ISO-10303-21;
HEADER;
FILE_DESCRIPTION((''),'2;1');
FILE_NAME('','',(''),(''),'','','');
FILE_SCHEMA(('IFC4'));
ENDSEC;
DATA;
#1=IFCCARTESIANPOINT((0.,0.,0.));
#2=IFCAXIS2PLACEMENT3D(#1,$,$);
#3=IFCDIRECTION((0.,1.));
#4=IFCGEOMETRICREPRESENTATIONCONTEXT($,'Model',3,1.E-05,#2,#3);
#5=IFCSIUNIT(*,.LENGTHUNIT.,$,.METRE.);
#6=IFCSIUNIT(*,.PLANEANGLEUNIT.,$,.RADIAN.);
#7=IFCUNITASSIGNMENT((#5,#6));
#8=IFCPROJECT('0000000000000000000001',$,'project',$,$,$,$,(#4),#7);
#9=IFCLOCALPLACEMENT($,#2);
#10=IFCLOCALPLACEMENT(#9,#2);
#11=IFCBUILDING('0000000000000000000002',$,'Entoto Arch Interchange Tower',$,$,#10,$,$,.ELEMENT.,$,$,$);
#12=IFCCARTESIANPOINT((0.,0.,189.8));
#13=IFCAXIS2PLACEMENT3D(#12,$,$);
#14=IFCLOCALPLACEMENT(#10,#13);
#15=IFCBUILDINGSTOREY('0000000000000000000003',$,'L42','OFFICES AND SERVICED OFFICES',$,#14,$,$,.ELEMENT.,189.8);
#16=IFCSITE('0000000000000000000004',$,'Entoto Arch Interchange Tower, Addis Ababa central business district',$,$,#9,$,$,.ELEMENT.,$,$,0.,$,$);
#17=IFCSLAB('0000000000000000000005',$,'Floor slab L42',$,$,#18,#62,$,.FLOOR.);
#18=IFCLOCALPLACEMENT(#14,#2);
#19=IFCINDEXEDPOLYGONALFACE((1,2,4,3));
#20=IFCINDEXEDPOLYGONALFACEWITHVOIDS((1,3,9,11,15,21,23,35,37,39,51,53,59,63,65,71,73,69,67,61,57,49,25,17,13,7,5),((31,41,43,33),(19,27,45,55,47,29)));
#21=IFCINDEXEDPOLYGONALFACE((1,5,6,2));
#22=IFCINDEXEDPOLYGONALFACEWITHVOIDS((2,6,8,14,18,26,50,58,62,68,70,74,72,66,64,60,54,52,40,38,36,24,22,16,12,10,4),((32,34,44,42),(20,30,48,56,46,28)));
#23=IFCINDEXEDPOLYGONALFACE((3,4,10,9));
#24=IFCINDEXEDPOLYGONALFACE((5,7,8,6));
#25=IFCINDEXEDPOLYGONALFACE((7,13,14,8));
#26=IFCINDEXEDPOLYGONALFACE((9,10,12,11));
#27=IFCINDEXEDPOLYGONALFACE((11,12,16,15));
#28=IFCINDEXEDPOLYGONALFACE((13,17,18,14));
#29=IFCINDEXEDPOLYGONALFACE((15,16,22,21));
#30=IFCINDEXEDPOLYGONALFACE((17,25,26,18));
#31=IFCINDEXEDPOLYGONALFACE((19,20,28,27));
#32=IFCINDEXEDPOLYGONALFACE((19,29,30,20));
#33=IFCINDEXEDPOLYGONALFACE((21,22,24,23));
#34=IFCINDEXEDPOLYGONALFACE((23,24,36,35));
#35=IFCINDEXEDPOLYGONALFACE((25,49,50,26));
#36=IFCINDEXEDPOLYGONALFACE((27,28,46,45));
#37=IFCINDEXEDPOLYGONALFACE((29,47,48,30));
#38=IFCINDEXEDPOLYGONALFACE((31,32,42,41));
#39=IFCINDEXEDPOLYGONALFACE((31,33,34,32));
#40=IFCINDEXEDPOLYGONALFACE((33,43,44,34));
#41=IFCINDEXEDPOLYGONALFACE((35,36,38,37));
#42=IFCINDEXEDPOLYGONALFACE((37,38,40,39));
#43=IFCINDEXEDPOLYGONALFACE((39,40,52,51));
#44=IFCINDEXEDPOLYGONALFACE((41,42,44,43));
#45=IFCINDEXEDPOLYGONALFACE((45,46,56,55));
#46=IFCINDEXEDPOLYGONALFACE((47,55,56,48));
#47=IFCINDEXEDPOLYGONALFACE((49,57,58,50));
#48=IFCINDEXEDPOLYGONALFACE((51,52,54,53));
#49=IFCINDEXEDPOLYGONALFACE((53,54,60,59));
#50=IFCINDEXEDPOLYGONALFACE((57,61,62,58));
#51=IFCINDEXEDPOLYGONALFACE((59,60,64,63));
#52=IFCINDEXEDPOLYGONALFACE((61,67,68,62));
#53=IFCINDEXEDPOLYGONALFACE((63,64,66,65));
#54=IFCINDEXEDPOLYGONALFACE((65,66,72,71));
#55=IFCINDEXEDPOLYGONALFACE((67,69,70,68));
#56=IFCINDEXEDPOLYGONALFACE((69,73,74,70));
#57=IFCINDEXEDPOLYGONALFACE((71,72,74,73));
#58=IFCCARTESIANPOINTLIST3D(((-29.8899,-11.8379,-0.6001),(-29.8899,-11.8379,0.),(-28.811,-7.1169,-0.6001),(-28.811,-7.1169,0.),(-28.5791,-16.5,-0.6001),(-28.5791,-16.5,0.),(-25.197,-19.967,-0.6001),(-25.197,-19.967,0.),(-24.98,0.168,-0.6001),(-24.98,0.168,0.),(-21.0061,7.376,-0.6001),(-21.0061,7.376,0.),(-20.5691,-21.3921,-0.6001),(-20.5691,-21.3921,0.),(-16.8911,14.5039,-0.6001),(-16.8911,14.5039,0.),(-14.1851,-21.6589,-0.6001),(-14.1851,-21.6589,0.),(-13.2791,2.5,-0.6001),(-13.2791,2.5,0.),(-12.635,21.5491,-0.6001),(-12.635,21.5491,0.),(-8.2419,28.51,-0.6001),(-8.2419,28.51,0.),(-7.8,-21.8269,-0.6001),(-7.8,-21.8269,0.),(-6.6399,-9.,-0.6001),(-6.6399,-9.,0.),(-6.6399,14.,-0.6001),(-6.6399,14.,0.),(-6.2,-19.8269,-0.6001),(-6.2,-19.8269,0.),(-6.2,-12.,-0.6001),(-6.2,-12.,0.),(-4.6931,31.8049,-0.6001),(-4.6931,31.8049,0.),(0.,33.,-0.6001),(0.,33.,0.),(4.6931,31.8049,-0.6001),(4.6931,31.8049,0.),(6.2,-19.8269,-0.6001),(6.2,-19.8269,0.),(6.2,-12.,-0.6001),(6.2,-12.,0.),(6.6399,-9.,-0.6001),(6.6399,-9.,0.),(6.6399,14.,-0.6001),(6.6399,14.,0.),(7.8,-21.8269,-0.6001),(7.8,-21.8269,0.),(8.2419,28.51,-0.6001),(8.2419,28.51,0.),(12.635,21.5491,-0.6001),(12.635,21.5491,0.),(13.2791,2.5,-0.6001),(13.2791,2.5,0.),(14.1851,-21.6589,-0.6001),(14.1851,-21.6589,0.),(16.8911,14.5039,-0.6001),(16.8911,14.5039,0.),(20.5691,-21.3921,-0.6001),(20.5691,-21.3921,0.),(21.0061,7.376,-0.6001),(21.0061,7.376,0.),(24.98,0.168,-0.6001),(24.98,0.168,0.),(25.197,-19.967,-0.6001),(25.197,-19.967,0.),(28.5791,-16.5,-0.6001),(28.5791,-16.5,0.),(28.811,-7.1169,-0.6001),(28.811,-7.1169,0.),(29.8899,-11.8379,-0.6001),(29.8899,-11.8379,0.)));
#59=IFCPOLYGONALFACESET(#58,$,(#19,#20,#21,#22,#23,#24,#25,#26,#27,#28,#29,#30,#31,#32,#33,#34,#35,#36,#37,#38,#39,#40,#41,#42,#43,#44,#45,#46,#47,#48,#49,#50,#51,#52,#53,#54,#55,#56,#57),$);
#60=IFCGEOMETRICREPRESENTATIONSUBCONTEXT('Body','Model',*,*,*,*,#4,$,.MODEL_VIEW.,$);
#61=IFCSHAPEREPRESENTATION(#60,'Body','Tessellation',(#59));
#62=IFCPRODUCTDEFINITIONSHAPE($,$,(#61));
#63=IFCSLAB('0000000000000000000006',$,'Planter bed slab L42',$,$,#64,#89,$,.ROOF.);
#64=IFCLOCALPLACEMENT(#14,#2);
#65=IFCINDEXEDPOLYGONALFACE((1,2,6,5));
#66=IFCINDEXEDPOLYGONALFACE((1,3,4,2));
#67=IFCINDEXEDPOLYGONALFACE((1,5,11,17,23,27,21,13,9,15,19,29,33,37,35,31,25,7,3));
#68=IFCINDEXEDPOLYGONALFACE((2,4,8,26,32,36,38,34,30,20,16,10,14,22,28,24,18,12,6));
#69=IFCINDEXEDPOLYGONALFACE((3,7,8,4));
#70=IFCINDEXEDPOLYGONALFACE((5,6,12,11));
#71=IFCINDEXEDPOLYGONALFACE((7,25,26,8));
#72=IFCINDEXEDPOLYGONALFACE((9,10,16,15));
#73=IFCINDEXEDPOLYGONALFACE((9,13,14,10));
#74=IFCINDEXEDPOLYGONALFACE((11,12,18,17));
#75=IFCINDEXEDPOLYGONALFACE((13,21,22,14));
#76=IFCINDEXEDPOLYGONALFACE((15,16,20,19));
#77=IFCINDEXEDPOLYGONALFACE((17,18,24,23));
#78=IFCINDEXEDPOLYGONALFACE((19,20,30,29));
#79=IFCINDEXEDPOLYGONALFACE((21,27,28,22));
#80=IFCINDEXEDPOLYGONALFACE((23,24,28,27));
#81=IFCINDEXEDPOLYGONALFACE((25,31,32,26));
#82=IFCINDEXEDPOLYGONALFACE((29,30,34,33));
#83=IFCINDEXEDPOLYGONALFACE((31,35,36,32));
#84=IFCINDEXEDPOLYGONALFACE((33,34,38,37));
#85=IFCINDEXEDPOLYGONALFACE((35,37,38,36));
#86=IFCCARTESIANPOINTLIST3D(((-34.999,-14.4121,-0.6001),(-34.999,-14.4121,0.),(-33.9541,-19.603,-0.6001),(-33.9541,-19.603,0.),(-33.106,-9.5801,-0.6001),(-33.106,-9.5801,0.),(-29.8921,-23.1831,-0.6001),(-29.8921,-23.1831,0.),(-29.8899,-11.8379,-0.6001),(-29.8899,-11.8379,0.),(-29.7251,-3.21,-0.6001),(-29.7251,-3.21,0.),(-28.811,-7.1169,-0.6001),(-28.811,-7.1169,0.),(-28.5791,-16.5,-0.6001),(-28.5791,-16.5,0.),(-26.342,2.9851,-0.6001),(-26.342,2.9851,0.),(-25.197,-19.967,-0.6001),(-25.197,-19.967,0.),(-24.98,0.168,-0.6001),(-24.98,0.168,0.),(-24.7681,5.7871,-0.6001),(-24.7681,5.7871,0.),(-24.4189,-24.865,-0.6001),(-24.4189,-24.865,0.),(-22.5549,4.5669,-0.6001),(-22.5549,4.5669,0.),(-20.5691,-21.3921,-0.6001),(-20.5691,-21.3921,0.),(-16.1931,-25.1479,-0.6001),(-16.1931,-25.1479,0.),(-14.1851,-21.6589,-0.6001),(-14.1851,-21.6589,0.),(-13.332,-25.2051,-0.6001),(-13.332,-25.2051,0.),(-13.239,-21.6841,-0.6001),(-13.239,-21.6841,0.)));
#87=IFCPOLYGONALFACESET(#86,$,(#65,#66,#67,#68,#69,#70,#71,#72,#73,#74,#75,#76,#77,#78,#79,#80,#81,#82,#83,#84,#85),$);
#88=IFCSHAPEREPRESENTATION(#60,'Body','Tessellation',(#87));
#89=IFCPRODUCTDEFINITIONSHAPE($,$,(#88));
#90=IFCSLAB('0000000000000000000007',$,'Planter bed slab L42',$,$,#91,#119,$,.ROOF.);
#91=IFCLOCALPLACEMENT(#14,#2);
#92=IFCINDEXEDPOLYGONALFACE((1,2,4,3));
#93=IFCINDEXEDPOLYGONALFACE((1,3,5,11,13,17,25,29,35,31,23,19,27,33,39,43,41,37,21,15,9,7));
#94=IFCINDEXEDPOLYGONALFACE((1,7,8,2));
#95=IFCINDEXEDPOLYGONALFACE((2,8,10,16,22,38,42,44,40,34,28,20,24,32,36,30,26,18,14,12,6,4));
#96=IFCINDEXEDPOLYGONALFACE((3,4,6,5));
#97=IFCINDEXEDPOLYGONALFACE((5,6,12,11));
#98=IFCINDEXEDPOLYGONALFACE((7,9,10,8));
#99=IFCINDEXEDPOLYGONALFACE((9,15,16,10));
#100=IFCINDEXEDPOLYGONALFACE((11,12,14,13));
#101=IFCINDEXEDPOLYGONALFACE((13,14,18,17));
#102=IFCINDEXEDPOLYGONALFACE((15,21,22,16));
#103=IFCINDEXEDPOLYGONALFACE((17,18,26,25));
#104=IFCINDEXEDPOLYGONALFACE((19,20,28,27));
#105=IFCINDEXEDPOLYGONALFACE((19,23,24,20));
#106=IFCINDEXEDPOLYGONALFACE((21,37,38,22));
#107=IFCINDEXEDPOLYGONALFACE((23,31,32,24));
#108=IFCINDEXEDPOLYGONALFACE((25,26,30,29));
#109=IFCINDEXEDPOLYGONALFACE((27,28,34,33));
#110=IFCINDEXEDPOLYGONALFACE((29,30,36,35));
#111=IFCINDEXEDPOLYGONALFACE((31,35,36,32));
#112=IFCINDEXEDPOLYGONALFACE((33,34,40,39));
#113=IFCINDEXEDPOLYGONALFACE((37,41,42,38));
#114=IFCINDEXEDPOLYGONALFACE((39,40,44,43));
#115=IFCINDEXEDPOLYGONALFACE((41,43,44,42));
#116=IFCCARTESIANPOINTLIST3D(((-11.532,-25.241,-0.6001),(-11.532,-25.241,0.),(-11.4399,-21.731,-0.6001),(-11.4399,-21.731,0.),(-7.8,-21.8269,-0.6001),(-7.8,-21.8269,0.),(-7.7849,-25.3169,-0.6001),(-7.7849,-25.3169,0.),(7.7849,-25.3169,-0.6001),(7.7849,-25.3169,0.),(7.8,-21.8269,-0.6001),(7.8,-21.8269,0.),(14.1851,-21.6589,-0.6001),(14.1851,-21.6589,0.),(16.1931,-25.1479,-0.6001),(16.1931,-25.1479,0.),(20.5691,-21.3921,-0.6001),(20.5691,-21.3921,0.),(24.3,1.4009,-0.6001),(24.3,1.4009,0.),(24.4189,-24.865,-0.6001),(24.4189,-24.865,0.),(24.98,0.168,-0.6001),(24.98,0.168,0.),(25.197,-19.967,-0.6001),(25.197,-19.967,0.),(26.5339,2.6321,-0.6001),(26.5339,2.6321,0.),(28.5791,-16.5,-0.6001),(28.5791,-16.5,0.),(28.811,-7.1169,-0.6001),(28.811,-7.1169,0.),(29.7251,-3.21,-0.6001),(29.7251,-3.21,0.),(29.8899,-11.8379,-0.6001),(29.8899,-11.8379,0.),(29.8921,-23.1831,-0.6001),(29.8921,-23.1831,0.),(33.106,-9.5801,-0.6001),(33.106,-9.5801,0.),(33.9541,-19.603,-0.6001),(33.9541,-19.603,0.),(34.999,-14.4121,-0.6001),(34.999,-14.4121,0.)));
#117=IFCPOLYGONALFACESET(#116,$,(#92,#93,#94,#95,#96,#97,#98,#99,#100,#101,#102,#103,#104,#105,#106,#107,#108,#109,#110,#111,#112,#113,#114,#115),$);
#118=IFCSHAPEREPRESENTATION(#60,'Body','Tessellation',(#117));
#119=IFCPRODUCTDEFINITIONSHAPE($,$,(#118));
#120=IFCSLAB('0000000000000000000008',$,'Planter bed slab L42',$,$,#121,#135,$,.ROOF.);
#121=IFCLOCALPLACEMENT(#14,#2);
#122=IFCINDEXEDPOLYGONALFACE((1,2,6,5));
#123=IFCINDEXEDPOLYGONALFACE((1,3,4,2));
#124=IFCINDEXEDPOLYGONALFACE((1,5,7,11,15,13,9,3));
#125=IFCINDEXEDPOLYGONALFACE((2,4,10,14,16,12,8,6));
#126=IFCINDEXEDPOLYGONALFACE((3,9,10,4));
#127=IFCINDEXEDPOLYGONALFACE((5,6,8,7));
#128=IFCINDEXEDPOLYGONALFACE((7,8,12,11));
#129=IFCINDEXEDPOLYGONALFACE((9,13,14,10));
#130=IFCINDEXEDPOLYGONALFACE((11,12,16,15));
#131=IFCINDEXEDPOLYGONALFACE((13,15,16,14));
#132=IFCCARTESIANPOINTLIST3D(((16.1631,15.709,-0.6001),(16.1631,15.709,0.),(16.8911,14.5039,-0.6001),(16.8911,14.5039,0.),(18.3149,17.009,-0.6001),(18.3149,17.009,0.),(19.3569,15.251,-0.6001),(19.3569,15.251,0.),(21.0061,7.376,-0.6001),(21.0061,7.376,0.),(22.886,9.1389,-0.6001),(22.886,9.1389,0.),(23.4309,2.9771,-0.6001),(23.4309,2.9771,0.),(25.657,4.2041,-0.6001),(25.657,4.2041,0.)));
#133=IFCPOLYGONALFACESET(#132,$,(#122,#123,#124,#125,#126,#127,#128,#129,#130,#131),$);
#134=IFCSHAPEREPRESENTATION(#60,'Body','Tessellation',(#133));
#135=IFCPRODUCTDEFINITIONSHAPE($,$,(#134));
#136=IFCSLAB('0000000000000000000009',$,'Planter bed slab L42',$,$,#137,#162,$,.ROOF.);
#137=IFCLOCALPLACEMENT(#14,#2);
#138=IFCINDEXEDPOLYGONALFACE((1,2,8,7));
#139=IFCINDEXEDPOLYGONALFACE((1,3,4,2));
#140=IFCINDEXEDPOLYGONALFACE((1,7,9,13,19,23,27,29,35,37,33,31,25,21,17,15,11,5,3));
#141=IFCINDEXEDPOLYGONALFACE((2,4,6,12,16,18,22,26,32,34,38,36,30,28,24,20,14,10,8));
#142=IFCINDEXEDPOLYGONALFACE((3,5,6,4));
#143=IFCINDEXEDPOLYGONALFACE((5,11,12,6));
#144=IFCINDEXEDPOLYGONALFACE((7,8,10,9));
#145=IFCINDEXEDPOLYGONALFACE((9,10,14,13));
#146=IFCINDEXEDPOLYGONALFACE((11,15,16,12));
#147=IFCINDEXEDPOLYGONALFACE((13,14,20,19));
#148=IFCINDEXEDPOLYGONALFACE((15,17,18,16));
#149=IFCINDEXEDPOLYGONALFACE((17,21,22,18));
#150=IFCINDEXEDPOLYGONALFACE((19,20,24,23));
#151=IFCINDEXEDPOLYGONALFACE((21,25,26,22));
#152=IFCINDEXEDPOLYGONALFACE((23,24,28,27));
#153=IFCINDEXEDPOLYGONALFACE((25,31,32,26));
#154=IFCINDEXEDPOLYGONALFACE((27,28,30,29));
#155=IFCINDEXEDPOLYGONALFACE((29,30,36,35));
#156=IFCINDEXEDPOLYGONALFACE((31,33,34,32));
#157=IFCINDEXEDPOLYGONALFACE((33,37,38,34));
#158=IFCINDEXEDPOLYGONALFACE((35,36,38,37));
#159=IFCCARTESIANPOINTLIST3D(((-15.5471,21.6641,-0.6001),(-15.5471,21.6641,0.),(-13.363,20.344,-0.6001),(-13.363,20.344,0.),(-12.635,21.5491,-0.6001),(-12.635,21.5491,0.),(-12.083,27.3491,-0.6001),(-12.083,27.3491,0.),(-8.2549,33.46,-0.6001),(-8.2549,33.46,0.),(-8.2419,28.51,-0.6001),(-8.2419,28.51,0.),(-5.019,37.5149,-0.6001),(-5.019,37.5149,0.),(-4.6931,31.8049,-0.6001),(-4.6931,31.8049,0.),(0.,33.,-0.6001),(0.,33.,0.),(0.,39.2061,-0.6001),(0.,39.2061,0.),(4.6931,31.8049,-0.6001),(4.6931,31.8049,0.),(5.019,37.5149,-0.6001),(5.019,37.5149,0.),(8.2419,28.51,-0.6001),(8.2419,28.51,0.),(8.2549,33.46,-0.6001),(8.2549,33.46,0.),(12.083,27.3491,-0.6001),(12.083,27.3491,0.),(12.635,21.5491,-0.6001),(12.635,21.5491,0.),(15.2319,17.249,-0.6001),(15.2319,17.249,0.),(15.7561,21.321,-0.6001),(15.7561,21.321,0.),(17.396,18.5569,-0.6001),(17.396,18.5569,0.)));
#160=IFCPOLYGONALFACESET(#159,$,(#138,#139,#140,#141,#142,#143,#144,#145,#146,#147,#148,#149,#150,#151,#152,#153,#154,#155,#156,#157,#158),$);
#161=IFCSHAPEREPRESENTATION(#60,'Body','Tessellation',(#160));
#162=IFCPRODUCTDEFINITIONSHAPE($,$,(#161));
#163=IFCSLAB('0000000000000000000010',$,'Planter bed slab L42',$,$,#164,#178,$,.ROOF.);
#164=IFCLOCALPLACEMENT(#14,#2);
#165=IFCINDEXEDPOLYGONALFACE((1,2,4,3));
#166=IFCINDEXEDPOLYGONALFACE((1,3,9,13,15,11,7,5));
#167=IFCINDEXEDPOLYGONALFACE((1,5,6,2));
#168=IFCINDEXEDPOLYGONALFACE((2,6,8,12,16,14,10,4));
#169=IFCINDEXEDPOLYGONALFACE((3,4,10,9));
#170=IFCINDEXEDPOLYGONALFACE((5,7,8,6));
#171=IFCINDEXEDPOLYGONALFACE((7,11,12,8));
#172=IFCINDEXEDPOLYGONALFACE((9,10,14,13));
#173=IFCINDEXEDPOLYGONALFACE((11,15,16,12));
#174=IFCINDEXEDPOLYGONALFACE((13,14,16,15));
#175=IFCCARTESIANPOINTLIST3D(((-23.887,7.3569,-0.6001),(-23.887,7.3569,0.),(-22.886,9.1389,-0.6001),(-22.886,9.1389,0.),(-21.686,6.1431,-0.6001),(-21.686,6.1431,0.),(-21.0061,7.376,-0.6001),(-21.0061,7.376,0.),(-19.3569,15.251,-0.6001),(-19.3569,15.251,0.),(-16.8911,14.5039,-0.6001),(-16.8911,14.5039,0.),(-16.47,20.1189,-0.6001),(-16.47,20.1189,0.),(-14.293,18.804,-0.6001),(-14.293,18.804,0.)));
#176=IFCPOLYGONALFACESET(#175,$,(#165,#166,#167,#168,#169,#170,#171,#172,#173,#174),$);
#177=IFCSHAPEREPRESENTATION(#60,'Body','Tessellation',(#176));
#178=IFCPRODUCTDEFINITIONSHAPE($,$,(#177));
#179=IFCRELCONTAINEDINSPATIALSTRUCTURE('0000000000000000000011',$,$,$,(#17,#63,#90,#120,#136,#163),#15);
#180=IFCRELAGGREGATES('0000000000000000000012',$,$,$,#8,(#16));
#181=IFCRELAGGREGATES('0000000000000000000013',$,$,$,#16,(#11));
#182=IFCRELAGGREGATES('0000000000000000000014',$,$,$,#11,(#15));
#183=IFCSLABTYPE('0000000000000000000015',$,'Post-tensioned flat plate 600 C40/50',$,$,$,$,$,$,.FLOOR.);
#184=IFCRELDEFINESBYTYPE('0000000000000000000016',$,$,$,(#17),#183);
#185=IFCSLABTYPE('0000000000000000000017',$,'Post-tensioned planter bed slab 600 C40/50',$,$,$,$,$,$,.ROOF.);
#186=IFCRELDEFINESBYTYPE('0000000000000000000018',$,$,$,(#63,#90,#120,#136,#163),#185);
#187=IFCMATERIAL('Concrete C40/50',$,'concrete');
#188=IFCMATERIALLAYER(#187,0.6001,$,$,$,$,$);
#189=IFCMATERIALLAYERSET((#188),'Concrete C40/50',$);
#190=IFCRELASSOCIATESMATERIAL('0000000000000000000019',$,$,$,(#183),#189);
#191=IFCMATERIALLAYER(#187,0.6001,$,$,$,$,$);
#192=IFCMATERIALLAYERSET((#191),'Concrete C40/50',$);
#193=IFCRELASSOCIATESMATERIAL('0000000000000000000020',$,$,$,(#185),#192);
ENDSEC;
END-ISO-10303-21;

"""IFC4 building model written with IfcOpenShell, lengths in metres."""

from ifc_helpers import new_model, si_unit, direction, frame, origin, place, context, subcontext, project, spatial, polyline, outline, extrude, material, layer, layer_set, type_object, element, save


model = new_model("IFC4")

# Units and contexts
model_context = context("Model", 3, precision=1e-05, world=origin(), true_north=direction((0.0, 1.0)))
body_context = subcontext(model_context, "Body", "Model", "MODEL_VIEW")
ifc_project = project(units=[si_unit("LENGTHUNIT", "METRE"), si_unit("PLANEANGLEUNIT", "RADIAN")], contexts=[model_context])

# Site, building, storey
site_placement = place(None, origin())
site = spatial("IfcSite", under=ifc_project, at=site_placement, Name="Entoto Arch Interchange Tower, Addis Ababa central business district", CompositionType="ELEMENT", RefElevation=0.0)
building_placement = place(site_placement, origin())
building = spatial("IfcBuilding", under=site, at=building_placement, Name="Entoto Arch Interchange Tower", CompositionType="ELEMENT")
storey_placement = place(building_placement, frame((0.0, 0.0, 189.8)))
storey = spatial("IfcBuildingStorey", under=building, at=storey_placement, Name="L42", Description="OFFICES AND SERVICED OFFICES", CompositionType="ELEMENT", Elevation=189.8)

# Slabs
ifc_material_1 = material(Name="Concrete C40/50", Category="concrete")
ifc_layer_1 = layer(ifc_material_1, 0.6001)
ifc_layer_set_1 = layer_set([ifc_layer_1], Name="Concrete C40/50")
slab_type_1 = type_object("IfcSlabType", Name="Post-tensioned flat plate 600 C40/50", PredefinedType="FLOOR", material=ifc_layer_set_1)
slab_1_placement = place(storey_placement, frame((0.0, 0.0, -0.6001)))
element("IfcSlab", 1, at=slab_1_placement, inside=storey, type_object=slab_type_1, Name="Floor slab L42", PredefinedType="FLOOR", context=body_context, shape_type="SweptSolid", body=[
    extrude(outline(polyline([(-20.5691, -21.3921), (-14.1851, -21.6589), (-7.8, -21.8269), (7.8, -21.8269), (14.1851, -21.6589), (20.5691, -21.3921), (25.197, -19.967), (28.5791, -16.5), (29.8899, -11.8379), (28.811, -7.1169), (24.98, 0.168), (21.0061, 7.376), (16.8911, 14.5039), (12.635, 21.5491), (8.2419, 28.51), (4.6931, 31.8049), (0.0, 33.0), (-4.6931, 31.8049), (-8.2419, 28.51), (-12.635, 21.5491), (-16.8911, 14.5039), (-21.0061, 7.376), (-24.98, 0.168), (-28.811, -7.1169), (-29.8899, -11.8379), (-28.5791, -16.5), (-25.197, -19.967), (-20.5691, -21.3921)]), holes=[polyline([(6.2, -19.8269), (6.2, -12.0), (-6.2, -12.0), (-6.2, -19.8269), (6.2, -19.8269)]), polyline([(13.2791, 2.5), (6.6399, 14.0), (-6.6399, 14.0), (-13.2791, 2.5), (-6.6399, -9.0), (6.6399, -9.0), (13.2791, 2.5)])]), origin(), (0.0, 0.0, 1.0), 0.6001),
])
ifc_layer_2 = layer(ifc_material_1, 0.6001)
ifc_layer_set_2 = layer_set([ifc_layer_2], Name="Concrete C40/50")
slab_type_2 = type_object("IfcSlabType", Name="Post-tensioned planter bed slab 600 C40/50", PredefinedType="ROOF", material=ifc_layer_set_2)
slab_2_placement = place(storey_placement, frame((0.0, 0.0, -0.6001)))
element("IfcSlab", 2, at=slab_2_placement, inside=storey, type_object=slab_type_2, Name="Planter bed slab L42", PredefinedType="ROOF", context=body_context, shape_type="SweptSolid", body=[
    extrude(outline(polyline([(-13.239, -21.6841), (-14.1851, -21.6589), (-20.5691, -21.3921), (-25.197, -19.967), (-28.5791, -16.5), (-29.8899, -11.8379), (-28.811, -7.1169), (-24.98, 0.168), (-22.5549, 4.5669), (-24.7681, 5.7871), (-26.342, 2.9851), (-29.7251, -3.21), (-33.106, -9.5801), (-34.999, -14.4121), (-33.9541, -19.603), (-29.8921, -23.1831), (-24.4189, -24.865), (-16.1931, -25.1479), (-13.332, -25.2051), (-13.239, -21.6841)])), origin(), (0.0, 0.0, 1.0), 0.6001),
])
slab_3_placement = place(storey_placement, frame((0.0, 0.0, -0.6001)))
element("IfcSlab", 3, at=slab_3_placement, inside=storey, type_object=slab_type_2, Name="Planter bed slab L42", PredefinedType="ROOF", context=body_context, shape_type="SweptSolid", body=[
    extrude(outline(polyline([(-7.8, -21.8269), (-11.4399, -21.731), (-11.532, -25.241), (-7.7849, -25.3169), (7.7849, -25.3169), (16.1931, -25.1479), (24.4189, -24.865), (29.8921, -23.1831), (33.9541, -19.603), (34.999, -14.4121), (33.106, -9.5801), (29.7251, -3.21), (26.5339, 2.6321), (24.3, 1.4009), (24.98, 0.168), (28.811, -7.1169), (29.8899, -11.8379), (28.5791, -16.5), (25.197, -19.967), (20.5691, -21.3921), (14.1851, -21.6589), (7.8, -21.8269), (-7.8, -21.8269)])), origin(), (0.0, 0.0, 1.0), 0.6001),
])
slab_4_placement = place(storey_placement, frame((0.0, 0.0, -0.6001)))
element("IfcSlab", 4, at=slab_4_placement, inside=storey, type_object=slab_type_2, Name="Planter bed slab L42", PredefinedType="ROOF", context=body_context, shape_type="SweptSolid", body=[
    extrude(outline(polyline([(23.4309, 2.9771), (25.657, 4.2041), (22.886, 9.1389), (19.3569, 15.251), (18.3149, 17.009), (16.1631, 15.709), (16.8911, 14.5039), (21.0061, 7.376), (23.4309, 2.9771)])), origin(), (0.0, 0.0, 1.0), 0.6001),
])
slab_5_placement = place(storey_placement, frame((0.0, 0.0, -0.6001)))
element("IfcSlab", 5, at=slab_5_placement, inside=storey, type_object=slab_type_2, Name="Planter bed slab L42", PredefinedType="ROOF", context=body_context, shape_type="SweptSolid", body=[
    extrude(outline(polyline([(12.635, 21.5491), (15.2319, 17.249), (17.396, 18.5569), (15.7561, 21.321), (12.083, 27.3491), (8.2549, 33.46), (5.019, 37.5149), (0.0, 39.2061), (-5.019, 37.5149), (-8.2549, 33.46), (-12.083, 27.3491), (-15.5471, 21.6641), (-13.363, 20.344), (-12.635, 21.5491), (-8.2419, 28.51), (-4.6931, 31.8049), (0.0, 33.0), (4.6931, 31.8049), (8.2419, 28.51), (12.635, 21.5491)])), origin(), (0.0, 0.0, 1.0), 0.6001),
])
slab_6_placement = place(storey_placement, frame((0.0, 0.0, -0.6001)))
element("IfcSlab", 6, at=slab_6_placement, inside=storey, type_object=slab_type_2, Name="Planter bed slab L42", PredefinedType="ROOF", context=body_context, shape_type="SweptSolid", body=[
    extrude(outline(polyline([(-16.8911, 14.5039), (-14.293, 18.804), (-16.47, 20.1189), (-19.3569, 15.251), (-22.886, 9.1389), (-23.887, 7.3569), (-21.686, 6.1431), (-21.0061, 7.376), (-16.8911, 14.5039)])), origin(), (0.0, 0.0, 1.0), 0.6001),
])

save(model, "model.ifc")
